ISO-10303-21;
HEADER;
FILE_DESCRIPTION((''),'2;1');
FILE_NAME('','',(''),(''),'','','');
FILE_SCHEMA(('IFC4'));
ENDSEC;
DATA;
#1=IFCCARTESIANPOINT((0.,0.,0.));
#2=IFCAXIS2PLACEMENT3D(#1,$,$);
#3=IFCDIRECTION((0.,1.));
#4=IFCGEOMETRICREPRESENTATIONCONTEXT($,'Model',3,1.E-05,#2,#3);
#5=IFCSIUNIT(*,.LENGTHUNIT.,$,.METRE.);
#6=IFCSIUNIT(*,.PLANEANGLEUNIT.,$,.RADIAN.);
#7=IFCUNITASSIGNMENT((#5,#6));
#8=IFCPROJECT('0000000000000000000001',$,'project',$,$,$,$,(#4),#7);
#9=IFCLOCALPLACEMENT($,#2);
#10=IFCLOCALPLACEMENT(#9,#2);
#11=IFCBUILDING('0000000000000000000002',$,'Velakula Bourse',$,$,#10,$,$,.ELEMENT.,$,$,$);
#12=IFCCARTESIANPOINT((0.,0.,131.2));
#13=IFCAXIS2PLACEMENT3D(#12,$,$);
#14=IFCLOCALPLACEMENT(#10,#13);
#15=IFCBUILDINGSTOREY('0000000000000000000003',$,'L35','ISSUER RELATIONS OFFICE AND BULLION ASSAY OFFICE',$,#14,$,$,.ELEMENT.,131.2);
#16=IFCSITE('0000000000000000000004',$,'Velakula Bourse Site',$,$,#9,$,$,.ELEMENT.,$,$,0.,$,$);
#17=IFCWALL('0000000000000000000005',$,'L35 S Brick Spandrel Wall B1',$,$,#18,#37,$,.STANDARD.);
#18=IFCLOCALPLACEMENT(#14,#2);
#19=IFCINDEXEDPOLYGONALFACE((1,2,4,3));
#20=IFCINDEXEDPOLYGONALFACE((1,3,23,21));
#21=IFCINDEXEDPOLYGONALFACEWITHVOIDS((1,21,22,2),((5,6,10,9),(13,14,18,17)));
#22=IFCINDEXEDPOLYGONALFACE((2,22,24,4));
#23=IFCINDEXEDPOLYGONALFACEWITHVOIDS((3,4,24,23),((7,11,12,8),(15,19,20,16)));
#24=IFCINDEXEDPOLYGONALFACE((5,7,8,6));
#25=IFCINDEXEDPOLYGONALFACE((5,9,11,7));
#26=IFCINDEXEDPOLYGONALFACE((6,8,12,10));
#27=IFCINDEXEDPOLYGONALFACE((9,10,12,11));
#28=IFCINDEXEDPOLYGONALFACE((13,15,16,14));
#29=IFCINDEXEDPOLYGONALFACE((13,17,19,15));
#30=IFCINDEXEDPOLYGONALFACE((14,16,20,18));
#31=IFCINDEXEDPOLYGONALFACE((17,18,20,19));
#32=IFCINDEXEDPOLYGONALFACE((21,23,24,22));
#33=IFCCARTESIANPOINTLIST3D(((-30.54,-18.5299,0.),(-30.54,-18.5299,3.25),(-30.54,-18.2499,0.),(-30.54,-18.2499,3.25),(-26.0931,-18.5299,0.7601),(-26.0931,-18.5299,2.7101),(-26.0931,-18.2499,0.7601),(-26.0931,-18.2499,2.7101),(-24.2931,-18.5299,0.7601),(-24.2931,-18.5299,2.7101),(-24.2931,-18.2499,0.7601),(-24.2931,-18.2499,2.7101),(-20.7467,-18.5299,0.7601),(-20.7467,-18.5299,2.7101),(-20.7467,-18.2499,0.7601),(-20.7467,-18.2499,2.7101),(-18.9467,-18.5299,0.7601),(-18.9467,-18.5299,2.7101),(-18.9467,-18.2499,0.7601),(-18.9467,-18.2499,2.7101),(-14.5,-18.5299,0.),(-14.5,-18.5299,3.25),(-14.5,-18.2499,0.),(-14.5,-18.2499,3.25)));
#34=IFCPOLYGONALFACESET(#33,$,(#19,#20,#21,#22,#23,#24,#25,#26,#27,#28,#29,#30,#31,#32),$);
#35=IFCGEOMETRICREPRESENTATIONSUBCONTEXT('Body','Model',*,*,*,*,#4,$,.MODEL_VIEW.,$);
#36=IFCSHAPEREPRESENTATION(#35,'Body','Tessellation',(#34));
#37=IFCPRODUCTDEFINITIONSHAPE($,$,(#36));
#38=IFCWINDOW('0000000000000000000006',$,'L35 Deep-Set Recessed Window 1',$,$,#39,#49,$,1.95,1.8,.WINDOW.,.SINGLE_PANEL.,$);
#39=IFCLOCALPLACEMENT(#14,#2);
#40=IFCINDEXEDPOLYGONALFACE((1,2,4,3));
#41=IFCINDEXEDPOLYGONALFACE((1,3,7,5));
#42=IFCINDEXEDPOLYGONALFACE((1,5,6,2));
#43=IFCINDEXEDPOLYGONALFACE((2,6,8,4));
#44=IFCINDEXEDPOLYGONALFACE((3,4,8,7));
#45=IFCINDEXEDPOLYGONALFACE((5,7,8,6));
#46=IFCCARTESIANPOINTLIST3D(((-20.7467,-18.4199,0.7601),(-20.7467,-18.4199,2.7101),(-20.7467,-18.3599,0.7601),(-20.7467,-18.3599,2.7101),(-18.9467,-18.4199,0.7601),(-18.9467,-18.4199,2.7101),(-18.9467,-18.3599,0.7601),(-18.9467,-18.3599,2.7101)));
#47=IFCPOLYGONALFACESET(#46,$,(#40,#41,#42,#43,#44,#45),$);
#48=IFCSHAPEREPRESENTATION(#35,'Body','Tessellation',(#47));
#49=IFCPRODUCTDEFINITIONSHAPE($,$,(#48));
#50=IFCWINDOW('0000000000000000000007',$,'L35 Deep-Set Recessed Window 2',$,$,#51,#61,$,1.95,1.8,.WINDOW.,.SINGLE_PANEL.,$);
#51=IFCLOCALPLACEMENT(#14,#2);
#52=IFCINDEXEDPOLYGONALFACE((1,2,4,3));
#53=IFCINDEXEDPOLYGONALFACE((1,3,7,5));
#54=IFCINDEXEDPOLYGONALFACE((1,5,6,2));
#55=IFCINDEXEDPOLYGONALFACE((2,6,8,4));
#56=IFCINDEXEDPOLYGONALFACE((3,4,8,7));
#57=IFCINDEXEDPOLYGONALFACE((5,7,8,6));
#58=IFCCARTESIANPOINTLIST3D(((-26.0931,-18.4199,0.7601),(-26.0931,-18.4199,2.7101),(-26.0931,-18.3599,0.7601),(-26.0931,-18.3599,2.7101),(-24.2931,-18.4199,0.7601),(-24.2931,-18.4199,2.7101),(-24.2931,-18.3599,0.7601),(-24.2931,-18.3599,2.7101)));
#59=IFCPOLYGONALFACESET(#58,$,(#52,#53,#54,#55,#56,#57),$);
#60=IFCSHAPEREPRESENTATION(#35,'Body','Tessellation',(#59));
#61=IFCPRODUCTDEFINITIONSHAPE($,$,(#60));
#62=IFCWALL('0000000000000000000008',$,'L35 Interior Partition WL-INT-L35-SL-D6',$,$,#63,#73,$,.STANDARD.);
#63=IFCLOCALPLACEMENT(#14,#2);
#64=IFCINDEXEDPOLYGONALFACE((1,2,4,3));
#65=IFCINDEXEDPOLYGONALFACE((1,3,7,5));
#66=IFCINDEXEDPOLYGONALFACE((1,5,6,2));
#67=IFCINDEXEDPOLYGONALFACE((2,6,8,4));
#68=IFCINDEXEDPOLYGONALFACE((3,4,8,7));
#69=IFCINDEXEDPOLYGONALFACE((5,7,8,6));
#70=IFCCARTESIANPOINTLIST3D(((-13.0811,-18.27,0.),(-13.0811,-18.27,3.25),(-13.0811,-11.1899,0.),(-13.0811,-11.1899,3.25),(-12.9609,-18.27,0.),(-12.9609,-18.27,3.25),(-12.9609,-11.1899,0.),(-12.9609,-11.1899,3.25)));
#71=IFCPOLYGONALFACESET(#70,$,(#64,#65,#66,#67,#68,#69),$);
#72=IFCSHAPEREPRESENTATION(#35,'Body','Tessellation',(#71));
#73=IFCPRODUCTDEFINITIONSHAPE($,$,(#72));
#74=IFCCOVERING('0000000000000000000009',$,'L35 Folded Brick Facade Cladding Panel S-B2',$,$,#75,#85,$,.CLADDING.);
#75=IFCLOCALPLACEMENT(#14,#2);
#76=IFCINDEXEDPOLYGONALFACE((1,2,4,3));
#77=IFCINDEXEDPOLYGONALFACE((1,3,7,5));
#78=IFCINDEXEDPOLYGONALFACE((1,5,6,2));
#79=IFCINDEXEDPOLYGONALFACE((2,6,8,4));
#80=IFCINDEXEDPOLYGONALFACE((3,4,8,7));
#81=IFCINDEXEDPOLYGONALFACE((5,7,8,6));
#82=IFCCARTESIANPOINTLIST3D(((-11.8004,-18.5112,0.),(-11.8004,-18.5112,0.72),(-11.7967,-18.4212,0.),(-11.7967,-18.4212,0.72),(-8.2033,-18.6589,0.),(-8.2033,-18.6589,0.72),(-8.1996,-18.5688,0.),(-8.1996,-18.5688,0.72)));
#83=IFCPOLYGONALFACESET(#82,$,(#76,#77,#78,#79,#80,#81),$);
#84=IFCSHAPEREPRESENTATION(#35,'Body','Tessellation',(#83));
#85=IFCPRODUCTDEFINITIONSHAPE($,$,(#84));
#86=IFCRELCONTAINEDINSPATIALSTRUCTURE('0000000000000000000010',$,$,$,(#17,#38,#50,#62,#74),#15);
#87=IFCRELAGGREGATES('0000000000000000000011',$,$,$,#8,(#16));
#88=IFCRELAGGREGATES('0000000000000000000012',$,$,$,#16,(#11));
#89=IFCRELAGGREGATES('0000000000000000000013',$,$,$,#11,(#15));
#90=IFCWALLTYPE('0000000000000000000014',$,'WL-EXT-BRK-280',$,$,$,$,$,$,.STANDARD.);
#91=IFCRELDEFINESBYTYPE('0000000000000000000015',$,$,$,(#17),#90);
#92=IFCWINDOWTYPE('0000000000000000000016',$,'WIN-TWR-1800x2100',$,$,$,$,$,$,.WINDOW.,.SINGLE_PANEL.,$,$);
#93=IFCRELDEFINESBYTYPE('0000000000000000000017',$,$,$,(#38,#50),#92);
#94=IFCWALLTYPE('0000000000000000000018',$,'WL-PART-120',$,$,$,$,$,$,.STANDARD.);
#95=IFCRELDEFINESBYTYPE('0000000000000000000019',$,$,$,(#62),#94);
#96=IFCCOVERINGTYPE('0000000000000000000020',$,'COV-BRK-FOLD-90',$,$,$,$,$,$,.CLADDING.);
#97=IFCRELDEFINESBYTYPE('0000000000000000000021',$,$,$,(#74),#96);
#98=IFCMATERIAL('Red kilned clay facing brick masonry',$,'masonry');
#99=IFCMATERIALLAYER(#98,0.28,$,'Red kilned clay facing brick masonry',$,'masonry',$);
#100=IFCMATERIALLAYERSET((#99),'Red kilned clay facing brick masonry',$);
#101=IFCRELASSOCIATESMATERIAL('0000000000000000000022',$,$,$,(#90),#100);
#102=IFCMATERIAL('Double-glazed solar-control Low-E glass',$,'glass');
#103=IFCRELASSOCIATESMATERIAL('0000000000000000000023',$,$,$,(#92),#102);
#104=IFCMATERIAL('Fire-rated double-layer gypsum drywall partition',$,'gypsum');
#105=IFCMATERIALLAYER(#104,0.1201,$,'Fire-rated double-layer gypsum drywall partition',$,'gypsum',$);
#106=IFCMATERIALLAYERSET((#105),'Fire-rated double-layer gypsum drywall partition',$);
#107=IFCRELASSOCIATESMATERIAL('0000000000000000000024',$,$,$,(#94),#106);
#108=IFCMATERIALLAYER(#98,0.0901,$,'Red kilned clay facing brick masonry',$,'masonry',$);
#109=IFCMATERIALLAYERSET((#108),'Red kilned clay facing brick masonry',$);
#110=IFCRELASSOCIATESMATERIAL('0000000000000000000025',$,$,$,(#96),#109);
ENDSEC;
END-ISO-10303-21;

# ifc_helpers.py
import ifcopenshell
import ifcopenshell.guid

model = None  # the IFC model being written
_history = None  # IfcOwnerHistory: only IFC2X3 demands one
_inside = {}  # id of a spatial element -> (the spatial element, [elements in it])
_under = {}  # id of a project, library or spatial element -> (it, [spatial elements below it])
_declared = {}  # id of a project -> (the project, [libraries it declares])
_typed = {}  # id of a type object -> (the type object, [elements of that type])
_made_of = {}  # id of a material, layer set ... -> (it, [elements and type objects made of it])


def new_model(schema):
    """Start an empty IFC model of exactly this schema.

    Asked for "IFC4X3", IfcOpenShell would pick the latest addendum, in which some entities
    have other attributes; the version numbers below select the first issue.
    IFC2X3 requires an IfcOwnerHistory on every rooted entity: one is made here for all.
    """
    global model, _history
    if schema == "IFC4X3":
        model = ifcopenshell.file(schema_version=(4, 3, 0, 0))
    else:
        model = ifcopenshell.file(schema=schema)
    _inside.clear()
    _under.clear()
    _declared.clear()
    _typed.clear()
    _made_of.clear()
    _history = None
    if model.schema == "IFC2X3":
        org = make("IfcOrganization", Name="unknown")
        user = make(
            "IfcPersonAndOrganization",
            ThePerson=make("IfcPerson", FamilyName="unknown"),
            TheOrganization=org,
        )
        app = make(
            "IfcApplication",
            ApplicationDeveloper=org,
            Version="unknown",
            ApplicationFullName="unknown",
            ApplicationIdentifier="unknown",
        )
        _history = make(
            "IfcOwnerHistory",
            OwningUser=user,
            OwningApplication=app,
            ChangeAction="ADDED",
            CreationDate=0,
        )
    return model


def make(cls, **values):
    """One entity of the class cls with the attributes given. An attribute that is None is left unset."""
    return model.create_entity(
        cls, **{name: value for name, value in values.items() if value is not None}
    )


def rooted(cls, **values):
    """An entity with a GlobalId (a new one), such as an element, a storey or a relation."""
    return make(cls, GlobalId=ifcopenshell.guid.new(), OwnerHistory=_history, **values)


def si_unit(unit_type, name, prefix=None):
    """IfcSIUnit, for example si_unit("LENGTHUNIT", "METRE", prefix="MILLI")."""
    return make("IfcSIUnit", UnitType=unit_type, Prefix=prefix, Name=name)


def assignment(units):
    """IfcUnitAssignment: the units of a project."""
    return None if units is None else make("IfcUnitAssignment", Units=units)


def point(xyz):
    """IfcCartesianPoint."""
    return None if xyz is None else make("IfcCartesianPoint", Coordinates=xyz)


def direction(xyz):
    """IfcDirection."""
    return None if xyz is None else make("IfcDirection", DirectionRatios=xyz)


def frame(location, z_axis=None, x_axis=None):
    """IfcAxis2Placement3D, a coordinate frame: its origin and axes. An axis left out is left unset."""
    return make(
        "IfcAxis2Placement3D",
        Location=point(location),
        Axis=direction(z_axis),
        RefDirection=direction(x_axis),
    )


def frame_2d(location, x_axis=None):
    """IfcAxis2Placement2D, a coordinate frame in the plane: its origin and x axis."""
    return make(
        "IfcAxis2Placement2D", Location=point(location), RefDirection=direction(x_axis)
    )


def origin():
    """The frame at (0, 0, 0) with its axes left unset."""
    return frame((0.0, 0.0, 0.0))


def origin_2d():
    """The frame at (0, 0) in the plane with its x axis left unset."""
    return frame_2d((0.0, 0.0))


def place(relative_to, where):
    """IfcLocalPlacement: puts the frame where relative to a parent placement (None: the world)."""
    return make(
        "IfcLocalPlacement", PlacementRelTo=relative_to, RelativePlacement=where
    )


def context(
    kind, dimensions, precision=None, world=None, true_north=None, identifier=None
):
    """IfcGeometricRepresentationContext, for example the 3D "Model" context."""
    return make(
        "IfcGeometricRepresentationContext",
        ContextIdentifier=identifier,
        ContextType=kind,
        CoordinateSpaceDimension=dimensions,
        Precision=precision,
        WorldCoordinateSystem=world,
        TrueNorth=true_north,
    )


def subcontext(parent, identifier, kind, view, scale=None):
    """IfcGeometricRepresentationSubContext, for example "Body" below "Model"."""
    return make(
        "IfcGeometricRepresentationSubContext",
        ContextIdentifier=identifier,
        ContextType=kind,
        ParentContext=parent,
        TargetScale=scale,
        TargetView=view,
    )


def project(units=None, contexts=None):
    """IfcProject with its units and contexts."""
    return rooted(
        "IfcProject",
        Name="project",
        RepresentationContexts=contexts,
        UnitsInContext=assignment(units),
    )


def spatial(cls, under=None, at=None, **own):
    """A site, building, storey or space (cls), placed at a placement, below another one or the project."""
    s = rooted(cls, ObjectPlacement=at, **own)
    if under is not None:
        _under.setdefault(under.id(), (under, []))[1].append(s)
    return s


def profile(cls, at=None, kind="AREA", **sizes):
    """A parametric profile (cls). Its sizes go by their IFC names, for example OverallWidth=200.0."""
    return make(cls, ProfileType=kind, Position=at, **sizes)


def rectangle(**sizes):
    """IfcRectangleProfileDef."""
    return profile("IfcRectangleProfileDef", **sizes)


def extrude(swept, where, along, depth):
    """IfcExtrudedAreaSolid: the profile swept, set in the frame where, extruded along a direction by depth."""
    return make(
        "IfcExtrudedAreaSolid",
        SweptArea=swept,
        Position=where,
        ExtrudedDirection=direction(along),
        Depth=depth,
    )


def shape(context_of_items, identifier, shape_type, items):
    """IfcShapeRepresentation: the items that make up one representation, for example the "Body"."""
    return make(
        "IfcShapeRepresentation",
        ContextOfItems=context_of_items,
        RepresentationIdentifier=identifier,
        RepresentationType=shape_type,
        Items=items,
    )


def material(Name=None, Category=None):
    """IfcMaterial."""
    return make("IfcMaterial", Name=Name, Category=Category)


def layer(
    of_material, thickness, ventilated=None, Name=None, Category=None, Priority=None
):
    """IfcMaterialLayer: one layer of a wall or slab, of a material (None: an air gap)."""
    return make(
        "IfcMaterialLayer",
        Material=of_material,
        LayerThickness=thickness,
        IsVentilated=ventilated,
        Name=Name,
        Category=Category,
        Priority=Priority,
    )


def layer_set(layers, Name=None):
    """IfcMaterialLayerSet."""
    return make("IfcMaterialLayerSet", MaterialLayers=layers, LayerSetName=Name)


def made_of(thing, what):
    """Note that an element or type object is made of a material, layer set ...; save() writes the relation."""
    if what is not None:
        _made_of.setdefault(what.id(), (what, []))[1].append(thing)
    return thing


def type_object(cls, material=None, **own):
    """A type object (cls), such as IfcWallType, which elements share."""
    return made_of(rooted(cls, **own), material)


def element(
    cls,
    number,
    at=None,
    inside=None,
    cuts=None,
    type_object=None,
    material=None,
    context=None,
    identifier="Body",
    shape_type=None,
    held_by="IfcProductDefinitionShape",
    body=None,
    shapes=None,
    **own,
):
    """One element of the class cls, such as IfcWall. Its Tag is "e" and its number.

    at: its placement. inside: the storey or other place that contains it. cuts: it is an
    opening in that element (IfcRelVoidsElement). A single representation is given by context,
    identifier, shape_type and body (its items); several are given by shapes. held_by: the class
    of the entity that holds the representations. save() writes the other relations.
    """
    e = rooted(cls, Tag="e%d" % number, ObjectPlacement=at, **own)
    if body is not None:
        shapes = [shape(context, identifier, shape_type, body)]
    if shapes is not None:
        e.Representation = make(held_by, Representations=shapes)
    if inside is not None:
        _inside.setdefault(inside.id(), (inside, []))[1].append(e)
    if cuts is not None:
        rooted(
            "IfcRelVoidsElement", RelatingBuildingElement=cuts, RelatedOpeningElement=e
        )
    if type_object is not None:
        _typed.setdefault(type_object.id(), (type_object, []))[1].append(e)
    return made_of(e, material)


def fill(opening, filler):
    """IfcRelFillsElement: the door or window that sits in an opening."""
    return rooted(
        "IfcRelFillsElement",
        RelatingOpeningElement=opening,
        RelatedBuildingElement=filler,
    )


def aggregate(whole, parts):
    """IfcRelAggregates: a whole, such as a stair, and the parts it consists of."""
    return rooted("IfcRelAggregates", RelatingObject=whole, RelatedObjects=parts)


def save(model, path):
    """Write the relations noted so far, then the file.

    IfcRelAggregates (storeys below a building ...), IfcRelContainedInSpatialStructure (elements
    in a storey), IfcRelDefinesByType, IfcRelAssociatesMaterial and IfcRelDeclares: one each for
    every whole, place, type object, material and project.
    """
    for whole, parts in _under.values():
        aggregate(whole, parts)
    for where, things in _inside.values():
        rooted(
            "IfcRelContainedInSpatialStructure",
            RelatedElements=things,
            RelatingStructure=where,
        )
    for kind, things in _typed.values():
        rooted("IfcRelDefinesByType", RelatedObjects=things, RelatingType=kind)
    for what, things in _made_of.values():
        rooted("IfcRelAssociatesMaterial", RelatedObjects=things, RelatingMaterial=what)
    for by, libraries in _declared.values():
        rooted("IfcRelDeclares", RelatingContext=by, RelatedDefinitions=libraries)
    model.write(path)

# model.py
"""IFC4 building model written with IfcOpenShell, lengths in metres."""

from ifc_helpers import new_model, si_unit, direction, frame, frame_2d, origin, origin_2d, place, context, subcontext, project, spatial, rectangle, extrude, material, layer, layer_set, type_object, element, fill, save


model = new_model("IFC4")

# Units and contexts
model_context = context("Model", 3, precision=1e-05, world=origin(), true_north=direction((0.0, 1.0)))
body_context = subcontext(model_context, "Body", "Model", "MODEL_VIEW")
ifc_project = project(units=[si_unit("LENGTHUNIT", "METRE"), si_unit("PLANEANGLEUNIT", "RADIAN")], contexts=[model_context])

# Site, building, storey
site_placement = place(None, origin())
site = spatial("IfcSite", under=ifc_project, at=site_placement, Name="Velakula Bourse Site", CompositionType="ELEMENT", RefElevation=0.0)
building_placement = place(site_placement, origin())
building = spatial("IfcBuilding", under=site, at=building_placement, Name="Velakula Bourse", CompositionType="ELEMENT")
storey_placement = place(building_placement, frame((0.0, 0.0, 131.2)))
storey = spatial("IfcBuildingStorey", under=building, at=storey_placement, Name="L35", Description="ISSUER RELATIONS OFFICE AND BULLION ASSAY OFFICE", CompositionType="ELEMENT", Elevation=131.2)

# Wall, openings, windows
ifc_material_1 = material(Name="Red kilned clay facing brick masonry", Category="masonry")
ifc_layer_1 = layer(ifc_material_1, 0.28, Name="Red kilned clay facing brick masonry", Category="masonry")
ifc_layer_set_1 = layer_set([ifc_layer_1], Name="Red kilned clay facing brick masonry")
wall_type_1 = type_object("IfcWallType", Name="WL-EXT-BRK-280", PredefinedType="STANDARD", material=ifc_layer_set_1)
wall_1_placement = place(storey_placement, frame((-14.5, -18.3899, 0.0), z_axis=(0.0, 0.0, 1.0), x_axis=(-1.0, 0.0, 0.0)))
wall_1 = element("IfcWall", 1, at=wall_1_placement, inside=storey, type_object=wall_type_1, Name="L35 S Brick Spandrel Wall B1", PredefinedType="STANDARD", context=body_context, shape_type="SweptSolid", body=[
    extrude(rectangle(XDim=16.04, YDim=0.28, at=frame_2d((8.02, 0.0))), origin(), (0.0, 0.0, 1.0), 3.25),
])
opening_1_placement = place(wall_1_placement, frame((4.4468, 0.0, 0.76)))
opening_1 = element("IfcOpeningElement", 2, at=opening_1_placement, cuts=wall_1, PredefinedType="OPENING", context=body_context, shape_type="SweptSolid", body=[
    extrude(rectangle(XDim=1.8, YDim=1.95, at=frame_2d((0.8999, 0.9751))), frame((0.0, 0.1499, 0.0), z_axis=(0.0, -1.0, 0.0), x_axis=(1.0, 0.0, 0.0)), (0.0, 0.0, 1.0), 0.3),
])
opening_2_placement = place(wall_1_placement, frame((9.7932, 0.0, 0.76)))
opening_2 = element("IfcOpeningElement", 3, at=opening_2_placement, cuts=wall_1, PredefinedType="OPENING", context=body_context, shape_type="SweptSolid", body=[
    extrude(rectangle(XDim=1.8, YDim=1.95, at=frame_2d((0.8999, 0.9751))), frame((0.0, 0.1499, 0.0), z_axis=(0.0, -1.0, 0.0), x_axis=(1.0, 0.0, 0.0)), (0.0, 0.0, 1.0), 0.3),
])
ifc_material_2 = material(Name="Double-glazed solar-control Low-E glass", Category="glass")
window_type = type_object("IfcWindowType", Name="WIN-TWR-1800x2100", PartitioningType="SINGLE_PANEL", PredefinedType="WINDOW", material=ifc_material_2)
window_1_placement = place(opening_1_placement, origin())
window_1 = element("IfcWindow", 4, at=window_1_placement, inside=storey, type_object=window_type, Name="L35 Deep-Set Recessed Window 1", OverallHeight=1.95, OverallWidth=1.8, PartitioningType="SINGLE_PANEL", PredefinedType="WINDOW", context=body_context, shape_type="SweptSolid", body=[
    extrude(rectangle(XDim=1.8, YDim=1.95, at=frame_2d((0.8999, 0.9751))), frame((0.0, 0.03, 0.0), z_axis=(0.0, -1.0, 0.0), x_axis=(1.0, 0.0, 0.0)), (0.0, 0.0, 1.0), 0.0601),
])
fill(opening_1, window_1)
window_2_placement = place(opening_2_placement, origin())
window_2 = element("IfcWindow", 5, at=window_2_placement, inside=storey, type_object=window_type, Name="L35 Deep-Set Recessed Window 2", OverallHeight=1.95, OverallWidth=1.8, PartitioningType="SINGLE_PANEL", PredefinedType="WINDOW", context=body_context, shape_type="SweptSolid", body=[
    extrude(rectangle(XDim=1.8, YDim=1.95, at=frame_2d((0.8999, 0.9751))), frame((0.0, 0.03, 0.0), z_axis=(0.0, -1.0, 0.0), x_axis=(1.0, 0.0, 0.0)), (0.0, 0.0, 1.0), 0.0601),
])
fill(opening_2, window_2)

# Wall
ifc_material_3 = material(Name="Fire-rated double-layer gypsum drywall partition", Category="gypsum")
ifc_layer_2 = layer(ifc_material_3, 0.1201, Name="Fire-rated double-layer gypsum drywall partition", Category="gypsum")
ifc_layer_set_2 = layer_set([ifc_layer_2], Name="Fire-rated double-layer gypsum drywall partition")
wall_type_2 = type_object("IfcWallType", Name="WL-PART-120", PredefinedType="STANDARD", material=ifc_layer_set_2)
wall_2_placement = place(storey_placement, frame((-13.021, -18.27, 0.0), z_axis=(0.0, 0.0, 1.0), x_axis=(0.0, 1.0, 0.0)))
element("IfcWall", 6, at=wall_2_placement, inside=storey, type_object=wall_type_2, Name="L35 Interior Partition WL-INT-L35-SL-D6", PredefinedType="STANDARD", context=body_context, shape_type="SweptSolid", body=[
    extrude(rectangle(XDim=7.0801, YDim=0.1201, at=frame_2d((3.54, 0.0))), origin(), (0.0, 0.0, 1.0), 3.25),
])

# Covering
ifc_layer_3 = layer(ifc_material_1, 0.0901, Name="Red kilned clay facing brick masonry", Category="masonry")
ifc_layer_set_3 = layer_set([ifc_layer_3], Name="Red kilned clay facing brick masonry")
covering_type = type_object("IfcCoveringType", Name="COV-BRK-FOLD-90", PredefinedType="CLADDING", material=ifc_layer_set_3)
covering_placement = place(storey_placement, frame((-10.0, -18.54, 0.0), z_axis=(0.0, 0.0, 1.0), x_axis=(0.999159, -0.041004, 0.0)))
element("IfcCovering", 7, at=covering_placement, inside=storey, type_object=covering_type, Name="L35 Folded Brick Facade Cladding Panel S-B2", PredefinedType="CLADDING", context=body_context, shape_type="SweptSolid", body=[
    extrude(rectangle(XDim=3.6001, YDim=0.0901, at=origin_2d()), origin(), (0.0, 0.0, 1.0), 0.72),
])

save(model, "model.ifc")
